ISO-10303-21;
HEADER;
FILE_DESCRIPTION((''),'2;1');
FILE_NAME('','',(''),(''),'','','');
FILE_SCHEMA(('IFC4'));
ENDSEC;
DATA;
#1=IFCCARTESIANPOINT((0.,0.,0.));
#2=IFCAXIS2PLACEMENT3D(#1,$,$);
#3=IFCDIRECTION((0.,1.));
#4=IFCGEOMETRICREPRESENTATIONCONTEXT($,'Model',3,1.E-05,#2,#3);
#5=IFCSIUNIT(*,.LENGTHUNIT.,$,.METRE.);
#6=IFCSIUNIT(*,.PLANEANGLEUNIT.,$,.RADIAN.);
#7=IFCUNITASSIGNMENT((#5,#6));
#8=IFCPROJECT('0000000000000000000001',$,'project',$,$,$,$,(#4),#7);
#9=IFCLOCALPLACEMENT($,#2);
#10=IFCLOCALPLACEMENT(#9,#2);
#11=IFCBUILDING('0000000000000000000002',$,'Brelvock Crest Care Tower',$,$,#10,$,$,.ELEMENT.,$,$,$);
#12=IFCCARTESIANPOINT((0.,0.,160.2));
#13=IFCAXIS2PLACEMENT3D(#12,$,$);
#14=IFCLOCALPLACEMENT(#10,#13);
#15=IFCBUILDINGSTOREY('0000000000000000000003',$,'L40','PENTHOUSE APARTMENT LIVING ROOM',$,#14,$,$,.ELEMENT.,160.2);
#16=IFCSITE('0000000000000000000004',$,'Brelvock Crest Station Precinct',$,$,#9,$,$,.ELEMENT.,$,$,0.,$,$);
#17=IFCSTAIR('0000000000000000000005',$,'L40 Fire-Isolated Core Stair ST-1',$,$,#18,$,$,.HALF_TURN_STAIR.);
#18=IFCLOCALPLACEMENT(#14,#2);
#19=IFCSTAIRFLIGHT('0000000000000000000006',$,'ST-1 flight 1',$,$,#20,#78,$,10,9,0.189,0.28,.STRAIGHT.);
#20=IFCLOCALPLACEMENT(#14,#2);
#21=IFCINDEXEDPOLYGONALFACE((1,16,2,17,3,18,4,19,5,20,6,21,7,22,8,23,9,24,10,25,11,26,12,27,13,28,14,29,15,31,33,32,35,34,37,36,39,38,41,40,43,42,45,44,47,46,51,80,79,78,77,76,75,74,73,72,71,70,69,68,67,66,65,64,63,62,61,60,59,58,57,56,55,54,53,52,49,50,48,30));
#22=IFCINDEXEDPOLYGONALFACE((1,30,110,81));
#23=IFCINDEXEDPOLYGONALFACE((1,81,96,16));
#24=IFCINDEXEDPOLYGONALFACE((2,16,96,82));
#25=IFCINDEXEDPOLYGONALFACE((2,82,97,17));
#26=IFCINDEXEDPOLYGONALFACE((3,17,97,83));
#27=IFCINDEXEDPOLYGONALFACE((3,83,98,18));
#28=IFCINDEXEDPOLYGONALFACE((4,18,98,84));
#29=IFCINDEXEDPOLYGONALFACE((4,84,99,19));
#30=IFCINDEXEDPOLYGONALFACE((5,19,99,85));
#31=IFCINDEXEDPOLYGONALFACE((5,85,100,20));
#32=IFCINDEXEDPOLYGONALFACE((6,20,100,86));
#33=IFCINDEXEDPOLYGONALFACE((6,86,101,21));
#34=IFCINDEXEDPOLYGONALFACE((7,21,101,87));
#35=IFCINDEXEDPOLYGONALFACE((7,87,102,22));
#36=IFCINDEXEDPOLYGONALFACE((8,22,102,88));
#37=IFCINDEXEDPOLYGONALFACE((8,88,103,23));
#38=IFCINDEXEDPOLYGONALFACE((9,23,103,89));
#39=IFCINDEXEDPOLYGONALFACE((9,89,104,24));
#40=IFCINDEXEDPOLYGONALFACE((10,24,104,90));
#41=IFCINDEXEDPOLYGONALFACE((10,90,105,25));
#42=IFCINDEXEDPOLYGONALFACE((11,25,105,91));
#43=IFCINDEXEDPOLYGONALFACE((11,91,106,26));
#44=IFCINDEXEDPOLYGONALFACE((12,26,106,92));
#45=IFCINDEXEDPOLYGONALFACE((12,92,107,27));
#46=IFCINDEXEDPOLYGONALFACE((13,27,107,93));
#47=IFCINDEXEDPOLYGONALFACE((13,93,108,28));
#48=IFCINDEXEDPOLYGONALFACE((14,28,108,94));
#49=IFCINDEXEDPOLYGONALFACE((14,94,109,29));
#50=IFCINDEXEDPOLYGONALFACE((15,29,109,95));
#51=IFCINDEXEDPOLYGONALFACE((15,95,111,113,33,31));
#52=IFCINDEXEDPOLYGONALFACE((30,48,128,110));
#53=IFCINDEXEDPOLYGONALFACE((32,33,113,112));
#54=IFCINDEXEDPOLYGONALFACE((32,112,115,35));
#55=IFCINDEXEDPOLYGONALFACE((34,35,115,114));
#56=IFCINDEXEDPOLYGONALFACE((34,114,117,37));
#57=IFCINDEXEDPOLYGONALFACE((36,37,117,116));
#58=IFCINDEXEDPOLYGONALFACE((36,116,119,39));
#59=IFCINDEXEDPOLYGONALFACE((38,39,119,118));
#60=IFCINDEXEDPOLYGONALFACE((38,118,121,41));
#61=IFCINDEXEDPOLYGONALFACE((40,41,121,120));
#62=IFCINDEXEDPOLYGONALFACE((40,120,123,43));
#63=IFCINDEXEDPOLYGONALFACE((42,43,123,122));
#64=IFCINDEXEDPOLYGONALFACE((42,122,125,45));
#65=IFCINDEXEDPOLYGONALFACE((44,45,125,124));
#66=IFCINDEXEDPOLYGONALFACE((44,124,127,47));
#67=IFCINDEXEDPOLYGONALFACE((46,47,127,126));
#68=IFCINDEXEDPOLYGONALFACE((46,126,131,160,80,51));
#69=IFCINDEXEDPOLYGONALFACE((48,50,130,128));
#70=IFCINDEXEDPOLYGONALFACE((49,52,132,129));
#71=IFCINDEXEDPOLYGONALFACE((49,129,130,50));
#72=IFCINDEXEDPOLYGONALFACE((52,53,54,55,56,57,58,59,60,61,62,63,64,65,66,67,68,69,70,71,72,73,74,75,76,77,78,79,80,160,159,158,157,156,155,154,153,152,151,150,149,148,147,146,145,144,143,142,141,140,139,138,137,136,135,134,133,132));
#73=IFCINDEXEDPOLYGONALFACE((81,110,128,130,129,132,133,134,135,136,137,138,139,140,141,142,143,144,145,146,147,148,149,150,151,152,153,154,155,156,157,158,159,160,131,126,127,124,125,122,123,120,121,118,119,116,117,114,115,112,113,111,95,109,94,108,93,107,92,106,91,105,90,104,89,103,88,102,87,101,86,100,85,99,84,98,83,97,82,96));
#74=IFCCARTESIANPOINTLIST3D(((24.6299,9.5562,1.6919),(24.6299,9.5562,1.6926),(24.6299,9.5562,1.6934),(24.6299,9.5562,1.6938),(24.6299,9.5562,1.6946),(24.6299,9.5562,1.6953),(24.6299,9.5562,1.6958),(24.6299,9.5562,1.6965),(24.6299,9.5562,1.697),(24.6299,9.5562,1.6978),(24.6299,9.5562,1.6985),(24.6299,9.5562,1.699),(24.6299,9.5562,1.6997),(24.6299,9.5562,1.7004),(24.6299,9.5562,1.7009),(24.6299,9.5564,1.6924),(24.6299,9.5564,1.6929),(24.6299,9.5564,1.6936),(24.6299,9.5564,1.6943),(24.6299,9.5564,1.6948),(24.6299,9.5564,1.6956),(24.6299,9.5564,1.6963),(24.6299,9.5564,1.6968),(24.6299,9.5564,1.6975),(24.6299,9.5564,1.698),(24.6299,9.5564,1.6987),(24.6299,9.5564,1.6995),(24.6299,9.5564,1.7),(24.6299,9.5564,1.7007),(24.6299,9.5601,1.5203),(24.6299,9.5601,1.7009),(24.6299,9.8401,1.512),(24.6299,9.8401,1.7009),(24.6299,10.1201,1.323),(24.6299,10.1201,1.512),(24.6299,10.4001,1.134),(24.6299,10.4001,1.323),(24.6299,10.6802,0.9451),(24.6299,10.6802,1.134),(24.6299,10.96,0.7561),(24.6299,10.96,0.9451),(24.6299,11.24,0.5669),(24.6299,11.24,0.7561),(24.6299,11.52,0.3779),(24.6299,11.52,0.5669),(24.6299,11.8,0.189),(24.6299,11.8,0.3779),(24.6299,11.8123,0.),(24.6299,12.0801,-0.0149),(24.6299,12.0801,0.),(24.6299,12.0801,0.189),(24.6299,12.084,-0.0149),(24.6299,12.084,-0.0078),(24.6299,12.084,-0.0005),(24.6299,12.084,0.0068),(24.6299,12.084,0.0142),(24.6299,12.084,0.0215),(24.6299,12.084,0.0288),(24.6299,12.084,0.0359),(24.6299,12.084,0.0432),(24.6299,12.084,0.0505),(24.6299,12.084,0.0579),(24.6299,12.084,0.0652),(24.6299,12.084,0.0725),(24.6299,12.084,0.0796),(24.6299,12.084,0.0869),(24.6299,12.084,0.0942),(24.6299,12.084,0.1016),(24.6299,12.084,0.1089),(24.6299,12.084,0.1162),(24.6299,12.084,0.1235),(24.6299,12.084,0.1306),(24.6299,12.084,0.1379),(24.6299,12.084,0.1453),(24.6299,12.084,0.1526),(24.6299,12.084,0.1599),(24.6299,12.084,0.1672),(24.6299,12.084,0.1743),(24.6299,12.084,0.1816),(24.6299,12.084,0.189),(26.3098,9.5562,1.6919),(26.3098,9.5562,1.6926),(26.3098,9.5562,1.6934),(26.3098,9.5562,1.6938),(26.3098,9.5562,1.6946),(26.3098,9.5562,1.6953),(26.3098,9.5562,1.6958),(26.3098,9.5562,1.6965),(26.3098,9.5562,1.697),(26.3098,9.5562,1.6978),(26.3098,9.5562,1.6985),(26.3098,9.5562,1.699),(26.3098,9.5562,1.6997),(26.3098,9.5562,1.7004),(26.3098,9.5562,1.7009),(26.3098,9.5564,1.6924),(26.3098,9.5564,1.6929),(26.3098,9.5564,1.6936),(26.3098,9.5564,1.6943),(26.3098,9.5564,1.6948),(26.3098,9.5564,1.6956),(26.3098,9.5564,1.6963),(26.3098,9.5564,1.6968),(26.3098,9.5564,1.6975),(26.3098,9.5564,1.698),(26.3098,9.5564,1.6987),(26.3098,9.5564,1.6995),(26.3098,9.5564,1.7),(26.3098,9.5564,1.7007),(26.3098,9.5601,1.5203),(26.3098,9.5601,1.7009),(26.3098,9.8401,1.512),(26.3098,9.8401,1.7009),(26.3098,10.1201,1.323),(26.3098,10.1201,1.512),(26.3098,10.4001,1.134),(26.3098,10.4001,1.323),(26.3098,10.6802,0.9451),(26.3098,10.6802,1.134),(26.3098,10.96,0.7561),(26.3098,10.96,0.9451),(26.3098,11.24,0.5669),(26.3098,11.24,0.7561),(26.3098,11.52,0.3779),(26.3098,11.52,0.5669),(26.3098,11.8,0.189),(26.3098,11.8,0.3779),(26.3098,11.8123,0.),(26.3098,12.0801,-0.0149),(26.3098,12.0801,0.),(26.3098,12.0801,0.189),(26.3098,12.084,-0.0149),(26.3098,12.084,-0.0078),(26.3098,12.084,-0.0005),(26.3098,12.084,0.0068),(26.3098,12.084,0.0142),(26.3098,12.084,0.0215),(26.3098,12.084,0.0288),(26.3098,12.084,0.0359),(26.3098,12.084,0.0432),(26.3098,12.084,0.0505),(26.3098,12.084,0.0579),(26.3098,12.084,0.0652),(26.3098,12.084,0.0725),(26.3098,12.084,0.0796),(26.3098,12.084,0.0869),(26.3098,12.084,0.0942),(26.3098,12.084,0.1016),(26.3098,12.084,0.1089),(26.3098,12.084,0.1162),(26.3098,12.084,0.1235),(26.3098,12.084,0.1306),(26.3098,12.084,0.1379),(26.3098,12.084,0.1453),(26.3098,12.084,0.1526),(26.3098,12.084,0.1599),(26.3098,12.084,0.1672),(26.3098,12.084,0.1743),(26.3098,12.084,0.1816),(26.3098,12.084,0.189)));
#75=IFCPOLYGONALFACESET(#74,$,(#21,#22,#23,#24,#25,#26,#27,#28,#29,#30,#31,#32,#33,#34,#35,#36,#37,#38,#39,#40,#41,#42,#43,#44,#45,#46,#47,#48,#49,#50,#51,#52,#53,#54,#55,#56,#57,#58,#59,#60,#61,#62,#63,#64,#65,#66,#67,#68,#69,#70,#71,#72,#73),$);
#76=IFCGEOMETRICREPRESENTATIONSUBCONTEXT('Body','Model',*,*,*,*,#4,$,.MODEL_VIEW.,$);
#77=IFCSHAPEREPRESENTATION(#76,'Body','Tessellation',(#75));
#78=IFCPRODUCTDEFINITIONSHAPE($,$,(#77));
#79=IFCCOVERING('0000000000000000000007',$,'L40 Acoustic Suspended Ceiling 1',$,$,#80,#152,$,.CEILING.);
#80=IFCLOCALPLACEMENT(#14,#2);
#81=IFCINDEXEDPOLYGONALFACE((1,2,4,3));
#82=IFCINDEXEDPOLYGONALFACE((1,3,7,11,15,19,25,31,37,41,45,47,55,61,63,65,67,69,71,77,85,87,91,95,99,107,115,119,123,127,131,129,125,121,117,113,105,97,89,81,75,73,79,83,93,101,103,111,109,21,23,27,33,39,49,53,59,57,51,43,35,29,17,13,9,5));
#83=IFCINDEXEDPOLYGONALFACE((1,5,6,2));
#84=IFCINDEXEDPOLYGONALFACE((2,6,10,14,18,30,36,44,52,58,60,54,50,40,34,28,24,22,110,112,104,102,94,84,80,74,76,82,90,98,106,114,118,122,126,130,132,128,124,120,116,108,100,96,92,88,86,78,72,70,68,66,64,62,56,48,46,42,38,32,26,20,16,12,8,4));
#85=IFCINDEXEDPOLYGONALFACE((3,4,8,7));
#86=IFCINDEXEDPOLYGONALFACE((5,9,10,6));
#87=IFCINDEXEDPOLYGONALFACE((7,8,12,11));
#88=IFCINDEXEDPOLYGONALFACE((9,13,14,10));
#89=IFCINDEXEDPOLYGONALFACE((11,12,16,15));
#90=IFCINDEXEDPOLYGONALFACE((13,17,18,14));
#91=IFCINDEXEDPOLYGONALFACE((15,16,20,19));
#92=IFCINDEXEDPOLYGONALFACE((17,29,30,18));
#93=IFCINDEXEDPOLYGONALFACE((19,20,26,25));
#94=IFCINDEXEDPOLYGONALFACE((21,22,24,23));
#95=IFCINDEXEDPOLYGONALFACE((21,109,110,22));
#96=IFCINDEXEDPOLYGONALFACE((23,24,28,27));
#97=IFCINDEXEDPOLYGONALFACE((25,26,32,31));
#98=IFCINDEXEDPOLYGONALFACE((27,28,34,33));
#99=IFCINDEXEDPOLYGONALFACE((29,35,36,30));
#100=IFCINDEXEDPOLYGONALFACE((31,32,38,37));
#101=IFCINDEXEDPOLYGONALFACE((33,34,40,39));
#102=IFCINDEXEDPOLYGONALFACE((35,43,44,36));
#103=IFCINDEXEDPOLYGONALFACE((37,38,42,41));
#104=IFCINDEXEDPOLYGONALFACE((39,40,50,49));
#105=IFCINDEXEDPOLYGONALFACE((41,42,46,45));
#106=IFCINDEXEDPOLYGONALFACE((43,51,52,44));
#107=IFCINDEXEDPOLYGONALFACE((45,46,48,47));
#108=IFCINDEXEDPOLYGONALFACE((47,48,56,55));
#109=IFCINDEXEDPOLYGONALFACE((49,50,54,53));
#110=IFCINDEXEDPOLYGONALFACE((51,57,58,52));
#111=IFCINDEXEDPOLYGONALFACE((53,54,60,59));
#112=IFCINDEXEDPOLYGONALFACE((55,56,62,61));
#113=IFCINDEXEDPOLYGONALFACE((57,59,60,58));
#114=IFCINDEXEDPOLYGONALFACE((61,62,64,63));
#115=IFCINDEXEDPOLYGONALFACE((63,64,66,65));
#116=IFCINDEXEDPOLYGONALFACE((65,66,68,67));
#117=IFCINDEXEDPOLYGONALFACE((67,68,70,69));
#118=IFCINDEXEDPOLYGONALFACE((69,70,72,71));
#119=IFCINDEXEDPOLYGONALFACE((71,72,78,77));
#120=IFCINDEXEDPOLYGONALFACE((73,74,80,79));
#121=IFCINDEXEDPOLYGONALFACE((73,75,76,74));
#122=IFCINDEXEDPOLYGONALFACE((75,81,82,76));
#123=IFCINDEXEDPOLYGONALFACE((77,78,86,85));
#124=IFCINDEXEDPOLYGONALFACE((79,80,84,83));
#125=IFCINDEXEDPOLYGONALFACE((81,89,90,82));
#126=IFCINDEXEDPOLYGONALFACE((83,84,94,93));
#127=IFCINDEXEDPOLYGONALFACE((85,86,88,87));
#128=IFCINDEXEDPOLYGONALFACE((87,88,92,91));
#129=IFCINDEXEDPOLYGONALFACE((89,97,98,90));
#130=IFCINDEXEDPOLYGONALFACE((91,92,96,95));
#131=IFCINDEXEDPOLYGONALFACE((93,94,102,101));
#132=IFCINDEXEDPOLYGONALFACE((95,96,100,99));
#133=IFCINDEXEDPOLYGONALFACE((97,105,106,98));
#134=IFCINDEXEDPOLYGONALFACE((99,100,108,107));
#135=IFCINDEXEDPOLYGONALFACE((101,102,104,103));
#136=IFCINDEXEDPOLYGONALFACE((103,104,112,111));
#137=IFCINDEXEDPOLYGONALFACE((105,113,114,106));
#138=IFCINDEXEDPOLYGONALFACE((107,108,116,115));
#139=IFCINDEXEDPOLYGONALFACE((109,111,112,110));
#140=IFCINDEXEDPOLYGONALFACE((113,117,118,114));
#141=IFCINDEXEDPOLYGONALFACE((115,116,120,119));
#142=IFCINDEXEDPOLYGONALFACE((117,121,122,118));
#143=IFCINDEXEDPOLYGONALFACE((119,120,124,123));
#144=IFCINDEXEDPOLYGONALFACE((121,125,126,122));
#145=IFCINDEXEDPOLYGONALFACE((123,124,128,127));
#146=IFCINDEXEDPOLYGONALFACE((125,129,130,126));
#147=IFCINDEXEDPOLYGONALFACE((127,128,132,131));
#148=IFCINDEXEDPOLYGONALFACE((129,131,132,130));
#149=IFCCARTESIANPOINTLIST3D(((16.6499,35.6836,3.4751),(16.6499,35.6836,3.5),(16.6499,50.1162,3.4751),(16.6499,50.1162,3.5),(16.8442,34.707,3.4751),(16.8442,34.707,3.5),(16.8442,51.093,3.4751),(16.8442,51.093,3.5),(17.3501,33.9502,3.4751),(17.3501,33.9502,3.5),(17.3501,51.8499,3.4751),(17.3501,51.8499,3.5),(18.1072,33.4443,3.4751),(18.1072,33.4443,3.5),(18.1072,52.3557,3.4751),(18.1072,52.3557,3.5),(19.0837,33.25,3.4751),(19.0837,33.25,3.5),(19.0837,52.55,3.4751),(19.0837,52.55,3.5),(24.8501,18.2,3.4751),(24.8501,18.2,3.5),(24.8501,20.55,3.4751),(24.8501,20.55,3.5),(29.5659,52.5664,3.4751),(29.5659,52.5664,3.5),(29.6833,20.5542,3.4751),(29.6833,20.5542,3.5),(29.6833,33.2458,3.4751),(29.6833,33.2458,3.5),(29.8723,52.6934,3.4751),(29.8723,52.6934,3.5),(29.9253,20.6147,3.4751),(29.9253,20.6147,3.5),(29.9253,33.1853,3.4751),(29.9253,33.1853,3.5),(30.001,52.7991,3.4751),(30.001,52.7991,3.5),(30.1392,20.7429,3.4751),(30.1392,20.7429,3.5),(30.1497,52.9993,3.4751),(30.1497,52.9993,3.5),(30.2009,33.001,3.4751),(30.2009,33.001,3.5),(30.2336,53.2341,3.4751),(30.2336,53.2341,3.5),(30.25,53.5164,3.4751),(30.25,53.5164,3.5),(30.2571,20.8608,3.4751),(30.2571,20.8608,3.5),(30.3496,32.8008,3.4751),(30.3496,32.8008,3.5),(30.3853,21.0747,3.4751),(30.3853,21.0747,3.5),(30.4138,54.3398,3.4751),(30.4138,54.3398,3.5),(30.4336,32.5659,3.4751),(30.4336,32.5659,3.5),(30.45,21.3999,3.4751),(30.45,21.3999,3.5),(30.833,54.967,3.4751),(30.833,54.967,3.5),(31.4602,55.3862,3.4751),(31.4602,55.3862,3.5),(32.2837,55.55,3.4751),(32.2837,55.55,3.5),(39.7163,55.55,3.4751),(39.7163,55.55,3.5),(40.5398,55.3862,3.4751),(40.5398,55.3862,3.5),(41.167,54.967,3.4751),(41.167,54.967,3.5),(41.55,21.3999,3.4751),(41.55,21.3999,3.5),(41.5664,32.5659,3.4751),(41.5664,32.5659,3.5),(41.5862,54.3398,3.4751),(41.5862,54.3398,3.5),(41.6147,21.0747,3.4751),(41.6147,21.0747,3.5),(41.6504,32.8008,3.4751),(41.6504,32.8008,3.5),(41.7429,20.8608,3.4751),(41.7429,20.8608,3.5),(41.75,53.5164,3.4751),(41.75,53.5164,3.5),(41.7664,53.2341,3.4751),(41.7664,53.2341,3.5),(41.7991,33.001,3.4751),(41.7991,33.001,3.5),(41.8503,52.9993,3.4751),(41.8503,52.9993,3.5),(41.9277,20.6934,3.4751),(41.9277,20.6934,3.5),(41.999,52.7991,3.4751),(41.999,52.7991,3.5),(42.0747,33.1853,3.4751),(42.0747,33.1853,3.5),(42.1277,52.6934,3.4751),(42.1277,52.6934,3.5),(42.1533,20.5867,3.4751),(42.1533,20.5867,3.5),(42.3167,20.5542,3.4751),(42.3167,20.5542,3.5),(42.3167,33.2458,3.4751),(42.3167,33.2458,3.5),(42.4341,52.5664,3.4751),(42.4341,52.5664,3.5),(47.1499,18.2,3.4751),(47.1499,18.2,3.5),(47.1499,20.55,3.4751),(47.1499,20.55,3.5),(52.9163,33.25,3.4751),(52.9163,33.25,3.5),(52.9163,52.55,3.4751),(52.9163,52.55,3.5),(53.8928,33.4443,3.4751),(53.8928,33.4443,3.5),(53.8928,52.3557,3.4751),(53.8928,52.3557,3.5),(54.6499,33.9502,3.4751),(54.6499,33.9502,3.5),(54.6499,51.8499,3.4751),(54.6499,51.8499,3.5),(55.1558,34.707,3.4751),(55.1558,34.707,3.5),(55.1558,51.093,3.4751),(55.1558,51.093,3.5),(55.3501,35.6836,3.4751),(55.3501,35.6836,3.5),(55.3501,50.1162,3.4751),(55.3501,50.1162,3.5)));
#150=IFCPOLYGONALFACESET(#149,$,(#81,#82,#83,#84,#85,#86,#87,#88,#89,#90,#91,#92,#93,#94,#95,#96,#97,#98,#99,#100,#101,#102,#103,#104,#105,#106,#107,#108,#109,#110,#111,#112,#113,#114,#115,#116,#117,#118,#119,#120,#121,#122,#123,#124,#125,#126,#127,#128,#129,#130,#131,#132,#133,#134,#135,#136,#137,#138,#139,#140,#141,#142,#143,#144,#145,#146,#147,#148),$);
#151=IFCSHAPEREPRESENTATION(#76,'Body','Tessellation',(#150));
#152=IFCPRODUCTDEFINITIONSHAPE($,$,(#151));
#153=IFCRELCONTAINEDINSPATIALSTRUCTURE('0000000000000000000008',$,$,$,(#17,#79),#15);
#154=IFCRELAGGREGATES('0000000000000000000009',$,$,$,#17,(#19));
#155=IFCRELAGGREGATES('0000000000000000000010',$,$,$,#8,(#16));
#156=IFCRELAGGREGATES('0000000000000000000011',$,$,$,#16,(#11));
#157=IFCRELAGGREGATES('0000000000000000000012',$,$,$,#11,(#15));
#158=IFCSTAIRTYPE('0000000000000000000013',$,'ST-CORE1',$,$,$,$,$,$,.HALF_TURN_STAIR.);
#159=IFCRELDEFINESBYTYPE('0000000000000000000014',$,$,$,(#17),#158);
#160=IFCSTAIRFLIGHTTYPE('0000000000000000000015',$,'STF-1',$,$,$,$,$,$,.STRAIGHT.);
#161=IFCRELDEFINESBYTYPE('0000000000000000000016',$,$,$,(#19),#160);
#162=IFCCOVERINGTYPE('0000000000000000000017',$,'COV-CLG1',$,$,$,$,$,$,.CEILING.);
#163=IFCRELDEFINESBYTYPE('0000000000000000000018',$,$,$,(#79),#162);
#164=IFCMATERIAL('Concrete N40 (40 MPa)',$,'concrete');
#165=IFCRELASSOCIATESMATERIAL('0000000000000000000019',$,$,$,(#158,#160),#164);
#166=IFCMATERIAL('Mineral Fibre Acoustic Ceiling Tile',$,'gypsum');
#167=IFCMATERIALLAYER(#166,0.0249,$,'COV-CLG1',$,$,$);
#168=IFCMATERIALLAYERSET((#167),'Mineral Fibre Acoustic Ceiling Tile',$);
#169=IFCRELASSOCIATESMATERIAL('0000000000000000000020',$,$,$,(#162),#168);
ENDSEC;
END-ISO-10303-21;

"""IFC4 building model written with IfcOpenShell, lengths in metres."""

from ifc_helpers import new_model, si_unit, direction, frame, origin, place, context, subcontext, project, spatial, polyline, outline, extrude, material, layer, layer_set, type_object, element, aggregate, save


model = new_model("IFC4")

# Units and contexts
model_context = context("Model", 3, precision=1e-05, world=origin(), true_north=direction((0.0, 1.0)))
body_context = subcontext(model_context, "Body", "Model", "MODEL_VIEW")
ifc_project = project(units=[si_unit("LENGTHUNIT", "METRE"), si_unit("PLANEANGLEUNIT", "RADIAN")], contexts=[model_context])

# Site, building, storey
site_placement = place(None, origin())
site = spatial("IfcSite", under=ifc_project, at=site_placement, Name="Brelvock Crest Station Precinct", CompositionType="ELEMENT", RefElevation=0.0)
building_placement = place(site_placement, origin())
building = spatial("IfcBuilding", under=site, at=building_placement, Name="Brelvock Crest Care Tower", CompositionType="ELEMENT")
storey_placement = place(building_placement, frame((0.0, 0.0, 160.2)))
storey = spatial("IfcBuildingStorey", under=building, at=storey_placement, Name="L40", Description="PENTHOUSE APARTMENT LIVING ROOM", CompositionType="ELEMENT", Elevation=160.2)

# Stair
ifc_material_1 = material(Name="Concrete N40 (40 MPa)", Category="concrete")
stair_type = type_object("IfcStairType", Name="ST-CORE1", PredefinedType="HALF_TURN_STAIR", material=ifc_material_1)
stair_1_placement = place(storey_placement, origin())
stair_1 = element("IfcStair", 1, at=stair_1_placement, inside=storey, type_object=stair_type, Name="L40 Fire-Isolated Core Stair ST-1", PredefinedType="HALF_TURN_STAIR")

# Stair flight
stair_flight_type = type_object("IfcStairFlightType", Name="STF-1", PredefinedType="STRAIGHT", material=ifc_material_1)
stair_flight_placement = place(storey_placement, frame((25.47, 12.0801, 0.0), z_axis=(0.0, 0.0, 1.0), x_axis=(0.0, -1.0, 0.0)))
stair_flight = element("IfcStairFlight", 2, at=stair_flight_placement, type_object=stair_flight_type, Name="ST-1 flight 1", NumberOfRisers=10, NumberOfTreads=9, PredefinedType="STRAIGHT", RiserHeight=0.189, TreadLength=0.28, context=body_context, shape_type="SweptSolid", body=[
    extrude(outline(polyline([(-0.0039, -0.0149), (-0.0039, -0.0078), (-0.0039, -0.0005), (-0.0039, 0.0068), (-0.0039, 0.0142), (-0.0039, 0.0215), (-0.0039, 0.0288), (-0.0039, 0.0359), (-0.0039, 0.0432), (-0.0039, 0.0505), (-0.0039, 0.0579), (-0.0039, 0.0652), (-0.0039, 0.0725), (-0.0039, 0.0796), (-0.0039, 0.0869), (-0.0039, 0.0942), (-0.0039, 0.1016), (-0.0039, 0.1089), (-0.0039, 0.1162), (-0.0039, 0.1235), (-0.0039, 0.1306), (-0.0039, 0.1379), (-0.0039, 0.1453), (-0.0039, 0.1526), (-0.0039, 0.1599), (-0.0039, 0.1672), (-0.0039, 0.1743), (-0.0039, 0.1816), (-0.0039, 0.189), (0.0, 0.189), (0.28, 0.189), (0.28, 0.3779), (0.5601, 0.3779), (0.5601, 0.5669), (0.8401, 0.5669), (0.8401, 0.7561), (1.1201, 0.7561), (1.1201, 0.9451), (1.3999, 0.9451), (1.3999, 1.134), (1.6799, 1.134), (1.6799, 1.323), (1.96, 1.323), (1.96, 1.512), (2.24, 1.512), (2.24, 1.7009), (2.52, 1.7009), (2.5239, 1.7009), (2.5237, 1.7007), (2.5239, 1.7004), (2.5237, 1.7), (2.5239, 1.6997), (2.5237, 1.6995), (2.5239, 1.699), (2.5237, 1.6987), (2.5239, 1.6985), (2.5237, 1.698), (2.5239, 1.6978), (2.5237, 1.6975), (2.5239, 1.697), (2.5237, 1.6968), (2.5239, 1.6965), (2.5237, 1.6963), (2.5239, 1.6958), (2.5237, 1.6956), (2.5239, 1.6953), (2.5237, 1.6948), (2.5239, 1.6946), (2.5237, 1.6943), (2.5239, 1.6938), (2.5237, 1.6936), (2.5239, 1.6934), (2.5237, 1.6929), (2.5239, 1.6926), (2.5237, 1.6924), (2.5239, 1.6919), (2.52, 1.5203), (0.2678, 0.0), (0.0, 0.0), (0.0, -0.0149), (-0.0039, -0.0149)])), frame((0.0, 0.8398, 0.0), z_axis=(0.0, -1.0, 0.0), x_axis=(1.0, 0.0, 0.0)), (0.0, 0.0, 1.0), 1.6799),
])
aggregate(stair_1, [stair_flight])

# Covering
ifc_material_2 = material(Name="Mineral Fibre Acoustic Ceiling Tile", Category="gypsum")
ifc_layer_1 = layer(ifc_material_2, 0.0249, Name="COV-CLG1")
ifc_layer_set_1 = layer_set([ifc_layer_1], Name="Mineral Fibre Acoustic Ceiling Tile")
covering_type_1 = type_object("IfcCoveringType", Name="COV-CLG1", PredefinedType="CEILING", material=ifc_layer_set_1)
covering_1_placement = place(storey_placement, frame((0.0, 0.0, 3.4751)))
element("IfcCovering", 3, at=covering_1_placement, inside=storey, type_object=covering_type_1, Name="L40 Acoustic Suspended Ceiling 1", PredefinedType="CEILING", context=body_context, shape_type="SweptSolid", body=[
    extrude(outline(polyline([(24.8501, 18.2), (47.1499, 18.2), (47.1499, 20.55), (42.3167, 20.5542), (42.1533, 20.5867), (41.9277, 20.6934), (41.7429, 20.8608), (41.6147, 21.0747), (41.55, 21.3999), (41.5664, 32.5659), (41.6504, 32.8008), (41.7991, 33.001), (42.0747, 33.1853), (42.3167, 33.2458), (52.9163, 33.25), (53.8928, 33.4443), (54.6499, 33.9502), (55.1558, 34.707), (55.3501, 35.6836), (55.3501, 50.1162), (55.1558, 51.093), (54.6499, 51.8499), (53.8928, 52.3557), (52.9163, 52.55), (42.4341, 52.5664), (42.1277, 52.6934), (41.999, 52.7991), (41.8503, 52.9993), (41.7664, 53.2341), (41.75, 53.5164), (41.5862, 54.3398), (41.167, 54.967), (40.5398, 55.3862), (39.7163, 55.55), (32.2837, 55.55), (31.4602, 55.3862), (30.833, 54.967), (30.4138, 54.3398), (30.25, 53.5164), (30.2336, 53.2341), (30.1497, 52.9993), (30.001, 52.7991), (29.8723, 52.6934), (29.5659, 52.5664), (19.0837, 52.55), (18.1072, 52.3557), (17.3501, 51.8499), (16.8442, 51.093), (16.6499, 50.1162), (16.6499, 35.6836), (16.8442, 34.707), (17.3501, 33.9502), (18.1072, 33.4443), (19.0837, 33.25), (29.6833, 33.2458), (29.9253, 33.1853), (30.2009, 33.001), (30.3496, 32.8008), (30.4336, 32.5659), (30.45, 21.3999), (30.3853, 21.0747), (30.2571, 20.8608), (30.1392, 20.7429), (29.9253, 20.6147), (29.6833, 20.5542), (24.8501, 20.55), (24.8501, 18.2)])), origin(), (0.0, 0.0, 1.0), 0.0249),
])

save(model, "model.ifc")
